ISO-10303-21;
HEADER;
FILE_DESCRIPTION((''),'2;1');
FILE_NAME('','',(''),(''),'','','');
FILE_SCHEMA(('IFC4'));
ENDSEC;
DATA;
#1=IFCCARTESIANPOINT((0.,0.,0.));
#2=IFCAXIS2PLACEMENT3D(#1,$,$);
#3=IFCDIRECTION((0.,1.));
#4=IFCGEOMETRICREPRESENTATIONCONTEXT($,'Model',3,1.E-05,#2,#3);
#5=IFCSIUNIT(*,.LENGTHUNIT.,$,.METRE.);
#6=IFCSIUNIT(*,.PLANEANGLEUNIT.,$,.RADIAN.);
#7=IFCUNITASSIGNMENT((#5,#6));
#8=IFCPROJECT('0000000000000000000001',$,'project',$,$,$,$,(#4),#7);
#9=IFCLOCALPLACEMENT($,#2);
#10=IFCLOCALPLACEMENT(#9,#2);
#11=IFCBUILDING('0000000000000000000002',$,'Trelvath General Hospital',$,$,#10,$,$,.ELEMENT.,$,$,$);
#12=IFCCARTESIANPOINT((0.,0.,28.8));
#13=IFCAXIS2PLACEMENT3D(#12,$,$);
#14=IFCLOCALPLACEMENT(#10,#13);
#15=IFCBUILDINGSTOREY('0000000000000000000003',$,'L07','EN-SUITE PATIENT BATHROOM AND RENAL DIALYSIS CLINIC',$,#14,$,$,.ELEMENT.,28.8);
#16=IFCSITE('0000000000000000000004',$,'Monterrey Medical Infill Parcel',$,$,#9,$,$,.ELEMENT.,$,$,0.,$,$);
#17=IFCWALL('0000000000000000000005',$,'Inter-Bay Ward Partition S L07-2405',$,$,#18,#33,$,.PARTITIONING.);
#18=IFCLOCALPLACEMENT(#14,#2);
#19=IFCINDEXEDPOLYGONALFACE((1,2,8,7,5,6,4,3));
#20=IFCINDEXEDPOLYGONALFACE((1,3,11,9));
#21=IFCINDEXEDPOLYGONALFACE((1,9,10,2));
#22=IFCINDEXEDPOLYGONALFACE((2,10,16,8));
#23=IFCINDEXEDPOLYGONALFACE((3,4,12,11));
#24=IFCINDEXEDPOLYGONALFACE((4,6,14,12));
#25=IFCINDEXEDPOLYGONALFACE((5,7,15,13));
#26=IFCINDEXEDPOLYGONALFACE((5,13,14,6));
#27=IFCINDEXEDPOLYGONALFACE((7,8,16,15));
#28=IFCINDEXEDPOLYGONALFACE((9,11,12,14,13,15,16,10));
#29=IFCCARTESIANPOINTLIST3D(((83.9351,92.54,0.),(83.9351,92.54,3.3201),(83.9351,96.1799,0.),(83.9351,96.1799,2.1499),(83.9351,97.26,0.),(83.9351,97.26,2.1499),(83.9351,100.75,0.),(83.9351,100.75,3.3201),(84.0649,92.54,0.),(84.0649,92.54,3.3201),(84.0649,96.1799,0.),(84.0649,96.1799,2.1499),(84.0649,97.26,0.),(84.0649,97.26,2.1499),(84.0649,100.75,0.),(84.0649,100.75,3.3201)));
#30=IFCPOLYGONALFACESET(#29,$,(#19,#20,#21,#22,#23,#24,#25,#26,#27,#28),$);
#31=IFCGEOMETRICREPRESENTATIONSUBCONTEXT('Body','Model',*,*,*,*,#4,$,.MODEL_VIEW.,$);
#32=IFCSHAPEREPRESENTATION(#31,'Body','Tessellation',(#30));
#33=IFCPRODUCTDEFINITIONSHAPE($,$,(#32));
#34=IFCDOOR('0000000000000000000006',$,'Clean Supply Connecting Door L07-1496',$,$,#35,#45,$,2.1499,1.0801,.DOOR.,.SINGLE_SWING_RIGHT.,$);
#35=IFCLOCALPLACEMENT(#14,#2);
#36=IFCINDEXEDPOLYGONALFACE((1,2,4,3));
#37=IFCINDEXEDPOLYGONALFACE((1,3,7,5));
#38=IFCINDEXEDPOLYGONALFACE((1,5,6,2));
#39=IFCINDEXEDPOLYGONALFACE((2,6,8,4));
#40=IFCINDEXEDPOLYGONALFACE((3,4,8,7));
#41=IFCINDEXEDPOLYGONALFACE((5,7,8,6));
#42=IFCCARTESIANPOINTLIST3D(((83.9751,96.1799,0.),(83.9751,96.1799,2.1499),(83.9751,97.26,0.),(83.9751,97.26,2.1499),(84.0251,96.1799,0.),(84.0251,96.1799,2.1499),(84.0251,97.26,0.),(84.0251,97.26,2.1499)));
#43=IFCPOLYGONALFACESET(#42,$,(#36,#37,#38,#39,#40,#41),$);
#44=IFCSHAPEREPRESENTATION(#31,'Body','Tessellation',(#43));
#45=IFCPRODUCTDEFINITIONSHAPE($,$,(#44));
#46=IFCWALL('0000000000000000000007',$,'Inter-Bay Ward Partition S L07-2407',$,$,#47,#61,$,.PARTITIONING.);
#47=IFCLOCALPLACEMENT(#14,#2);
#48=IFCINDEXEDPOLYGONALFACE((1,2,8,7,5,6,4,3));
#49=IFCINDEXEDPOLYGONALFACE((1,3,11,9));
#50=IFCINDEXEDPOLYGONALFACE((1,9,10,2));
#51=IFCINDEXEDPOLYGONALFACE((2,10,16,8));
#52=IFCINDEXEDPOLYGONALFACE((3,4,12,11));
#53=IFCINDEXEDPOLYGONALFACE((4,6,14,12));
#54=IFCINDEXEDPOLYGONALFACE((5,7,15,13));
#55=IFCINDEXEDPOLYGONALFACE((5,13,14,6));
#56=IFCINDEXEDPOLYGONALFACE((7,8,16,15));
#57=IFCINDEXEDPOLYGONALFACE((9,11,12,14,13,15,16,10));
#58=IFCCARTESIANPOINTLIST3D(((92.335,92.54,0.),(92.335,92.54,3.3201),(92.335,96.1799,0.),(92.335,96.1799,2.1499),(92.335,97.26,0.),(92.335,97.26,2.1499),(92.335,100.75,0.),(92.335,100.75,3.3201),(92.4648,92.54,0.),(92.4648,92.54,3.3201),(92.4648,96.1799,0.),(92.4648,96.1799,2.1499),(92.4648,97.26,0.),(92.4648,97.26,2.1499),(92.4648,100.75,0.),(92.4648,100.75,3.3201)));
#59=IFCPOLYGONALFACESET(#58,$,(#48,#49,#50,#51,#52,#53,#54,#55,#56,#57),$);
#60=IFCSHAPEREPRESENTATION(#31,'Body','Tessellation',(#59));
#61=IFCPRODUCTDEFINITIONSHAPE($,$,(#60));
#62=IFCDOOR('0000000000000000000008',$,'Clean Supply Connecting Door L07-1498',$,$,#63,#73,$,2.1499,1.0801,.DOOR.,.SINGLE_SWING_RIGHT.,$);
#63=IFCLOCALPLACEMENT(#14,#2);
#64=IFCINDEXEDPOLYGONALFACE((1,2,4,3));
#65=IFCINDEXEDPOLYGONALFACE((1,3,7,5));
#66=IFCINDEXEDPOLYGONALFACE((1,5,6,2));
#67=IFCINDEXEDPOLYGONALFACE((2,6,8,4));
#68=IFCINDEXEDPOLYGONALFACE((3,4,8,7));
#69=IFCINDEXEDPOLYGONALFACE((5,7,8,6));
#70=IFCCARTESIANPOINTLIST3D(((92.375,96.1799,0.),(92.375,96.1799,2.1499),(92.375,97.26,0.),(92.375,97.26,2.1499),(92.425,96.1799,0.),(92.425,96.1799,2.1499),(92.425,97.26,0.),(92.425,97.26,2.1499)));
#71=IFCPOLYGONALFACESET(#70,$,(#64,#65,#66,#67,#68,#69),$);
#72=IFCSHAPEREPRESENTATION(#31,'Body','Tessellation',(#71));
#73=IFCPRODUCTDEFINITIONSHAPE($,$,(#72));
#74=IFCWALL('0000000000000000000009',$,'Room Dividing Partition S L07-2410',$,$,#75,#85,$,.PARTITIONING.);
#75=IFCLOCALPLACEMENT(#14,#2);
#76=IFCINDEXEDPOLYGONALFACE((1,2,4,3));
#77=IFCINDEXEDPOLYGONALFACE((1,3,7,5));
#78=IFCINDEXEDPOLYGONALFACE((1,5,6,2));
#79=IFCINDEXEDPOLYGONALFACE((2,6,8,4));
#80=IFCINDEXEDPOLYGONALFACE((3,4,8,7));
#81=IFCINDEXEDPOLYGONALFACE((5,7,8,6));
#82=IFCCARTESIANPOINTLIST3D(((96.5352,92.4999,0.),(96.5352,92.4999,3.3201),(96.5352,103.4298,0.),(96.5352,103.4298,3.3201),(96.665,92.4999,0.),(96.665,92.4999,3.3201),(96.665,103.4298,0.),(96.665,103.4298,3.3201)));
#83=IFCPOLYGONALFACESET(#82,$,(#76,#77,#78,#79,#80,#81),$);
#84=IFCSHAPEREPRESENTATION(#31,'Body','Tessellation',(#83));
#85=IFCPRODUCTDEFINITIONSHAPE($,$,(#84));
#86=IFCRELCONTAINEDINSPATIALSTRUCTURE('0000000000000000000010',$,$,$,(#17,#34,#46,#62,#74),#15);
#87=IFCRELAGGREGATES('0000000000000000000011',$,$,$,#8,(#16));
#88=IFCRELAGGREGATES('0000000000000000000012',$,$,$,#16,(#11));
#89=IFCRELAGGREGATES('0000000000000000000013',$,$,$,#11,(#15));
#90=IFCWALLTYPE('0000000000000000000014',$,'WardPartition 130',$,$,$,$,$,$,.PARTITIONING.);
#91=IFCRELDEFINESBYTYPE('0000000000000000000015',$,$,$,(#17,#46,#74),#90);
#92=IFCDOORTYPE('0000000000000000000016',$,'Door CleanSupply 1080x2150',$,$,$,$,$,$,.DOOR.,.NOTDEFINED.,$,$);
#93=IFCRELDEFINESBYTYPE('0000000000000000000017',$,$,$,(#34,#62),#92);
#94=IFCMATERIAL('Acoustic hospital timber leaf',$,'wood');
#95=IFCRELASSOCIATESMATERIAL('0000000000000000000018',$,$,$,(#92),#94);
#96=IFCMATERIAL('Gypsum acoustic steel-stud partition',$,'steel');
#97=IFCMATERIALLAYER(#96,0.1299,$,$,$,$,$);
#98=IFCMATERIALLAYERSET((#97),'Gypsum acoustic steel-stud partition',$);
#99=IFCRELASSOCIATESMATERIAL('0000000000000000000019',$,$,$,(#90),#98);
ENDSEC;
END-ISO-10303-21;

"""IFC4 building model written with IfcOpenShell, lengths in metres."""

from ifc_helpers import new_model, si_unit, direction, frame, frame_2d, origin, place, context, subcontext, project, spatial, rectangle, extrude, material, layer, layer_set, type_object, element, fill, save


model = new_model("IFC4")

# Units and contexts
model_context = context("Model", 3, precision=1e-05, world=origin(), true_north=direction((0.0, 1.0)))
body_context = subcontext(model_context, "Body", "Model", "MODEL_VIEW")
ifc_project = project(units=[si_unit("LENGTHUNIT", "METRE"), si_unit("PLANEANGLEUNIT", "RADIAN")], contexts=[model_context])

# Site, building, storey
site_placement = place(None, origin())
site = spatial("IfcSite", under=ifc_project, at=site_placement, Name="Monterrey Medical Infill Parcel", CompositionType="ELEMENT", RefElevation=0.0)
building_placement = place(site_placement, origin())
building = spatial("IfcBuilding", under=site, at=building_placement, Name="Trelvath General Hospital", CompositionType="ELEMENT")
storey_placement = place(building_placement, frame((0.0, 0.0, 28.8)))
storey = spatial("IfcBuildingStorey", under=building, at=storey_placement, Name="L07", Description="EN-SUITE PATIENT BATHROOM AND RENAL DIALYSIS CLINIC", CompositionType="ELEMENT", Elevation=28.8)

# Shared definitions
ifc_material_1 = material(Name="Acoustic hospital timber leaf", Category="wood")
door_type_1 = type_object("IfcDoorType", Name="Door CleanSupply 1080x2150", OperationType="NOTDEFINED", PredefinedType="DOOR", material=ifc_material_1)

# Shared definitions
ifc_material_2 = material(Name="Gypsum acoustic steel-stud partition", Category="steel")
ifc_layer_1 = layer(ifc_material_2, 0.1299)
ifc_layer_set_1 = layer_set([ifc_layer_1], Name="Gypsum acoustic steel-stud partition")
wall_type_1 = type_object("IfcWallType", Name="WardPartition 130", PredefinedType="PARTITIONING", material=ifc_layer_set_1)

# Walls, openings, doors
wall_1_placement = place(storey_placement, frame((84.0, 92.54, 0.0), z_axis=(0.0, 0.0, 1.0), x_axis=(0.0, 1.0, 0.0)))
wall_1 = element("IfcWall", 1, at=wall_1_placement, inside=storey, type_object=wall_type_1, Name="Inter-Bay Ward Partition S L07-2405", PredefinedType="PARTITIONING", context=body_context, shape_type="SweptSolid", body=[
    extrude(rectangle(XDim=8.21, YDim=0.1299, at=frame_2d((4.105, 0.0))), origin(), (0.0, 0.0, 1.0), 3.3201),
])
opening_1_placement = place(wall_1_placement, frame((3.6399, 0.0, 0.0)))
opening_1 = element("IfcOpeningElement", 2, at=opening_1_placement, cuts=wall_1, PredefinedType="OPENING", context=body_context, shape_type="SweptSolid", body=[
    extrude(rectangle(XDim=1.0801, YDim=2.1499, at=frame_2d((0.54, 1.075))), frame((0.0, 0.075, 0.0), z_axis=(0.0, -1.0, 0.0), x_axis=(1.0, 0.0, 0.0)), (0.0, 0.0, 1.0), 0.1499),
])
door_1_placement = place(opening_1_placement, origin())
door_1 = element("IfcDoor", 3, at=door_1_placement, inside=storey, type_object=door_type_1, Name="Clean Supply Connecting Door L07-1496", OperationType="SINGLE_SWING_RIGHT", OverallHeight=2.1499, OverallWidth=1.0801, PredefinedType="DOOR", context=body_context, shape_type="SweptSolid", body=[
    extrude(rectangle(XDim=1.0801, YDim=2.1499, at=frame_2d((0.54, 1.075))), frame((0.0, 0.0249, 0.0), z_axis=(0.0, -1.0, 0.0), x_axis=(1.0, 0.0, 0.0)), (0.0, 0.0, 1.0), 0.05),
])
fill(opening_1, door_1)
wall_2_placement = place(storey_placement, frame((92.3999, 92.54, 0.0), z_axis=(0.0, 0.0, 1.0), x_axis=(0.0, 1.0, 0.0)))
wall_2 = element("IfcWall", 4, at=wall_2_placement, inside=storey, type_object=wall_type_1, Name="Inter-Bay Ward Partition S L07-2407", PredefinedType="PARTITIONING", context=body_context, shape_type="SweptSolid", body=[
    extrude(rectangle(XDim=8.21, YDim=0.1299, at=frame_2d((4.105, 0.0))), origin(), (0.0, 0.0, 1.0), 3.3201),
])
opening_2_placement = place(wall_2_placement, frame((3.6399, 0.0, 0.0)))
opening_2 = element("IfcOpeningElement", 5, at=opening_2_placement, cuts=wall_2, PredefinedType="OPENING", context=body_context, shape_type="SweptSolid", body=[
    extrude(rectangle(XDim=1.0801, YDim=2.1499, at=frame_2d((0.54, 1.075))), frame((0.0, 0.075, 0.0), z_axis=(0.0, -1.0, 0.0), x_axis=(1.0, 0.0, 0.0)), (0.0, 0.0, 1.0), 0.1499),
])
door_2_placement = place(opening_2_placement, origin())
door_2 = element("IfcDoor", 6, at=door_2_placement, inside=storey, type_object=door_type_1, Name="Clean Supply Connecting Door L07-1498", OperationType="SINGLE_SWING_RIGHT", OverallHeight=2.1499, OverallWidth=1.0801, PredefinedType="DOOR", context=body_context, shape_type="SweptSolid", body=[
    extrude(rectangle(XDim=1.0801, YDim=2.1499, at=frame_2d((0.54, 1.075))), frame((0.0, 0.0249, 0.0), z_axis=(0.0, -1.0, 0.0), x_axis=(1.0, 0.0, 0.0)), (0.0, 0.0, 1.0), 0.05),
])
fill(opening_2, door_2)

# Wall
wall_3_placement = place(storey_placement, frame((96.6001, 92.5, 0.0), z_axis=(0.0, 0.0, 1.0), x_axis=(0.0, 1.0, 0.0)))
element("IfcWall", 7, at=wall_3_placement, inside=storey, type_object=wall_type_1, Name="Room Dividing Partition S L07-2410", PredefinedType="PARTITIONING", context=body_context, shape_type="SweptSolid", body=[
    extrude(rectangle(XDim=10.9299, YDim=0.1299, at=frame_2d((5.4648, 0.0))), origin(), (0.0, 0.0, 1.0), 3.3201),
])

save(model, "model.ifc")
